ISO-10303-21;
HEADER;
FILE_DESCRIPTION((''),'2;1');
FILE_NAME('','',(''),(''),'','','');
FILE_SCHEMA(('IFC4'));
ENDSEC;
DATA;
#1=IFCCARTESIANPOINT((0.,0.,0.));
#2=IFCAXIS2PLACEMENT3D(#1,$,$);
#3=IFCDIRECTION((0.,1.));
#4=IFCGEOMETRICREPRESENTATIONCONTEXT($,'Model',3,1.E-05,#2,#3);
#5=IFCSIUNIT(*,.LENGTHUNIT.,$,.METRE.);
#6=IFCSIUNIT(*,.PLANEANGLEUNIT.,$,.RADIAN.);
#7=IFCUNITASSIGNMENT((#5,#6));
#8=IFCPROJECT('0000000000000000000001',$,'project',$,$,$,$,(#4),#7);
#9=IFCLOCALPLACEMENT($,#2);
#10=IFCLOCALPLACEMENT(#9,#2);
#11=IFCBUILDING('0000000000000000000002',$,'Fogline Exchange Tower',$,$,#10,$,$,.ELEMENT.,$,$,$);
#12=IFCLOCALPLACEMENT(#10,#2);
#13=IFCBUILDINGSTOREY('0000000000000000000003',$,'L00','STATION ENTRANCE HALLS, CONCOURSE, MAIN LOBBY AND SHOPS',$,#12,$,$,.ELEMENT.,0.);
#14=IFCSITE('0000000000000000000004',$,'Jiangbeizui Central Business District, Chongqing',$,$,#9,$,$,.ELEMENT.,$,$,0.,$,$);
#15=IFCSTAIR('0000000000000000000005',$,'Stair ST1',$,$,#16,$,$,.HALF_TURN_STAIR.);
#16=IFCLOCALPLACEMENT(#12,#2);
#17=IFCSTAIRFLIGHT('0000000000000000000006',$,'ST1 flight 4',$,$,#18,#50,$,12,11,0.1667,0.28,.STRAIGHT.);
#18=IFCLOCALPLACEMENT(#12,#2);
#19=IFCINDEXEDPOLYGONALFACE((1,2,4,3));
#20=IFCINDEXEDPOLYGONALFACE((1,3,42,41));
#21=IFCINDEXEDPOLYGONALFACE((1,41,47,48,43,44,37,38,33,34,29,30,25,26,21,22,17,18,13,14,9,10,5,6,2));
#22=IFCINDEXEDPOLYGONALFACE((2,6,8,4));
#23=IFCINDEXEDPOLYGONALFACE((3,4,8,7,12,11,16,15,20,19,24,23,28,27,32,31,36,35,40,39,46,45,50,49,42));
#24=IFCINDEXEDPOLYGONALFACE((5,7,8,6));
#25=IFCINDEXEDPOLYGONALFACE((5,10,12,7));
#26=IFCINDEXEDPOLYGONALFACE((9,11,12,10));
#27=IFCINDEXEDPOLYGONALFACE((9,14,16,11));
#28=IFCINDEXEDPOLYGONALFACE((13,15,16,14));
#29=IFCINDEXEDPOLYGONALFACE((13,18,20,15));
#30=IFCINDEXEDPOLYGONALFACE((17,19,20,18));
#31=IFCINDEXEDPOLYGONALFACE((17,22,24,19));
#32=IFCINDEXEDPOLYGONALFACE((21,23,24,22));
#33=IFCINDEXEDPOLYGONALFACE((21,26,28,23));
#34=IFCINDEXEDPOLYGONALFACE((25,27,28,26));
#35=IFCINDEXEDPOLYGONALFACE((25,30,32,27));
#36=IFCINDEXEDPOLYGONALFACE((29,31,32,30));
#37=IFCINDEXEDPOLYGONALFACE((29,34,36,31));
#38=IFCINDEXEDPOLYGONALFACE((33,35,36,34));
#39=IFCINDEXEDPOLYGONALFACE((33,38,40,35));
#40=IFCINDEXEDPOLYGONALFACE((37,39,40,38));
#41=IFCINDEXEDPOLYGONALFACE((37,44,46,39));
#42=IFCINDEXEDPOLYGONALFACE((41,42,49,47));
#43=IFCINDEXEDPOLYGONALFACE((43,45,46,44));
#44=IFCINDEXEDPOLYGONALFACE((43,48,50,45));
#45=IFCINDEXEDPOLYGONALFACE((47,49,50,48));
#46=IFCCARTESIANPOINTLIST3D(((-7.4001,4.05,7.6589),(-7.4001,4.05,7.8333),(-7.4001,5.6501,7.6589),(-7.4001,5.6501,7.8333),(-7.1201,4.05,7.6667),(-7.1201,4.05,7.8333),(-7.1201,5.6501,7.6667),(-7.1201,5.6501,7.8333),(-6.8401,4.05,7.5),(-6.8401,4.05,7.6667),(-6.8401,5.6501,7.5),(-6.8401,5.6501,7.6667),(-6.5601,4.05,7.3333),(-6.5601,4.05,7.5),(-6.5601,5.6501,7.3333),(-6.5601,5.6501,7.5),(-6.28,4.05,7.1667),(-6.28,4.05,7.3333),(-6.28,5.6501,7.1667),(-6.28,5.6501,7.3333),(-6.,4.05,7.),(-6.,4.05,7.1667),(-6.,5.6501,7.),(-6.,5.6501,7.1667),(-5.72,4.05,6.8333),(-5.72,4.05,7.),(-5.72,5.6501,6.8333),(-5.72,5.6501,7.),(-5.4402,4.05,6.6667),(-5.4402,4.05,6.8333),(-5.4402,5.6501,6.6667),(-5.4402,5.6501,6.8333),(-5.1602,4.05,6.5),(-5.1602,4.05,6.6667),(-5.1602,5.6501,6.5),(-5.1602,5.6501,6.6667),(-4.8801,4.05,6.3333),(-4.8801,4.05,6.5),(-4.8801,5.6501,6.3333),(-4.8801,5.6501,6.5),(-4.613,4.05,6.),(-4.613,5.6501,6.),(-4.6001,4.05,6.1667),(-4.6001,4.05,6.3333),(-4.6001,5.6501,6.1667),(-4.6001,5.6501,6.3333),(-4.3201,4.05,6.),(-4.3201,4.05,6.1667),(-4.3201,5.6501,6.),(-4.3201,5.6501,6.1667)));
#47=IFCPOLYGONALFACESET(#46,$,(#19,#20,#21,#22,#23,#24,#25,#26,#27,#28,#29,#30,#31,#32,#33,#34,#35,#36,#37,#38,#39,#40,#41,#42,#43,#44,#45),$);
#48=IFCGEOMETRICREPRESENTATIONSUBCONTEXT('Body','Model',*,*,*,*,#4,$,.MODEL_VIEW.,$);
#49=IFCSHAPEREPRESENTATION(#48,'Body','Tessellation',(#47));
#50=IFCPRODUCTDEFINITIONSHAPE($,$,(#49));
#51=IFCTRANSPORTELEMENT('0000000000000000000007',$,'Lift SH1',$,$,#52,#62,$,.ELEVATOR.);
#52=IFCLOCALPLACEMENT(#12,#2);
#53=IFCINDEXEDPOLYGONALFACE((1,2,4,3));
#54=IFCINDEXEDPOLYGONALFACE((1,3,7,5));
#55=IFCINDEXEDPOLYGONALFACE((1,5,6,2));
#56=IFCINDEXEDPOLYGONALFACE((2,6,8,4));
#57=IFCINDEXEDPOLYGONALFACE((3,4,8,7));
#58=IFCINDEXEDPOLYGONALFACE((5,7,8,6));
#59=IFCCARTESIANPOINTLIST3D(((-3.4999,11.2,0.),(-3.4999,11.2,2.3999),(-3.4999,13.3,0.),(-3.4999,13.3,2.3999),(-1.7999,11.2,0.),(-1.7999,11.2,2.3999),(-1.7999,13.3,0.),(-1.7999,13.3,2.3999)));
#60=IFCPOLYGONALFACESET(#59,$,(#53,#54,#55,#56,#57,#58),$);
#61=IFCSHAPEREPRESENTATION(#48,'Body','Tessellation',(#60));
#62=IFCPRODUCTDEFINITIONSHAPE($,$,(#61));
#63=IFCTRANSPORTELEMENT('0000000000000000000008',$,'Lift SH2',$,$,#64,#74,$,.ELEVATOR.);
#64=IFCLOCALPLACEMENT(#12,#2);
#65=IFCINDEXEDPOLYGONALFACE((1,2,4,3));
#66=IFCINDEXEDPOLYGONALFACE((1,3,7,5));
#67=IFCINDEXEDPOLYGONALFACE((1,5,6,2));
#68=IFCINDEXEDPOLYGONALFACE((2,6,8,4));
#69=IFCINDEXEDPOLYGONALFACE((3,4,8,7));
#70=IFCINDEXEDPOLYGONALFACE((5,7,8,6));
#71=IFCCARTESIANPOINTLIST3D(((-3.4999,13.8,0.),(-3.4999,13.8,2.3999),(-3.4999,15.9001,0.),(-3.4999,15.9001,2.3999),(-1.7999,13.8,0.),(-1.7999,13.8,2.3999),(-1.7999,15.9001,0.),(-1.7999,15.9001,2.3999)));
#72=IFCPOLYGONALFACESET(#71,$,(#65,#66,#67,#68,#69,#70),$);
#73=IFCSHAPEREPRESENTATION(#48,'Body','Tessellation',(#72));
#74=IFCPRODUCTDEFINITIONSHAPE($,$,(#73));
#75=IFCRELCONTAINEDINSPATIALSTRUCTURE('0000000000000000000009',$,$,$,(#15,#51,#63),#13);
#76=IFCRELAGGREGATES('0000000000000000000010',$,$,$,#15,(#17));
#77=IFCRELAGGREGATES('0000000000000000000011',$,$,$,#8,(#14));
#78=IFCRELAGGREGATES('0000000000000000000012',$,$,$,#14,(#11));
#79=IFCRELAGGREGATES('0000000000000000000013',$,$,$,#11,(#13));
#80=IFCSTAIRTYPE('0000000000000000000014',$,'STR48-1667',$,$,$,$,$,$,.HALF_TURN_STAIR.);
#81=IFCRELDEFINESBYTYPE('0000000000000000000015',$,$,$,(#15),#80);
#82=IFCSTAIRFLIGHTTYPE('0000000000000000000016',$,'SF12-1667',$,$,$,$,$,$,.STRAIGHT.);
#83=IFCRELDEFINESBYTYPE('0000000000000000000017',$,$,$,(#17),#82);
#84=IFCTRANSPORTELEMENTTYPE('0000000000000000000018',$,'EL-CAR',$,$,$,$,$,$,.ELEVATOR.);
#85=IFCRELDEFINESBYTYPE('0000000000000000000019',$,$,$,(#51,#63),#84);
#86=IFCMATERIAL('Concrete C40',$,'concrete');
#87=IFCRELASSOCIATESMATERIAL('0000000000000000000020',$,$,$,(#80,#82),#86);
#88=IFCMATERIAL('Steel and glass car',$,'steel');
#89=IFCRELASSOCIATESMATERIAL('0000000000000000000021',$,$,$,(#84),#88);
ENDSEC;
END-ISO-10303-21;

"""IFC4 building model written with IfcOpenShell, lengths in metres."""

from ifc_helpers import new_model, si_unit, direction, frame, origin, origin_2d, place, context, subcontext, project, spatial, polyline, rectangle, outline, extrude, material, type_object, element, aggregate, save


model = new_model("IFC4")

# Units and contexts
model_context = context("Model", 3, precision=1e-05, world=origin(), true_north=direction((0.0, 1.0)))
body_context = subcontext(model_context, "Body", "Model", "MODEL_VIEW")
ifc_project = project(units=[si_unit("LENGTHUNIT", "METRE"), si_unit("PLANEANGLEUNIT", "RADIAN")], contexts=[model_context])

# Site, building, storey
site_placement = place(None, origin())
site = spatial("IfcSite", under=ifc_project, at=site_placement, Name="Jiangbeizui Central Business District, Chongqing", CompositionType="ELEMENT", RefElevation=0.0)
building_placement = place(site_placement, origin())
building = spatial("IfcBuilding", under=site, at=building_placement, Name="Fogline Exchange Tower", CompositionType="ELEMENT")
storey_placement = place(building_placement, origin())
storey = spatial("IfcBuildingStorey", under=building, at=storey_placement, Name="L00", Description="STATION ENTRANCE HALLS, CONCOURSE, MAIN LOBBY AND SHOPS", CompositionType="ELEMENT", Elevation=0.0)

# Shared definitions
ifc_material_1 = material(Name="Concrete C40", Category="concrete")

# Stair, stair flight
stair_type = type_object("IfcStairType", Name="STR48-1667", PredefinedType="HALF_TURN_STAIR", material=ifc_material_1)
stair_placement = place(storey_placement, origin())
stair = element("IfcStair", 1, at=stair_placement, inside=storey, type_object=stair_type, Name="Stair ST1", PredefinedType="HALF_TURN_STAIR")
stair_flight_type = type_object("IfcStairFlightType", Name="SF12-1667", PredefinedType="STRAIGHT", material=ifc_material_1)
stair_flight_placement = place(storey_placement, frame((-4.3201, 4.8501, 6.0), z_axis=(0.0, 0.0, 1.0), x_axis=(-1.0, 0.0, 0.0)))
stair_flight = element("IfcStairFlight", 2, at=stair_flight_placement, type_object=stair_flight_type, Name="ST1 flight 4", NumberOfRisers=12, NumberOfTreads=11, PredefinedType="STRAIGHT", RiserHeight=0.1667, TreadLength=0.28, context=body_context, shape_type="SweptSolid", body=[
    extrude(outline(polyline([(0.0, 0.0), (0.0, 0.1667), (0.28, 0.1667), (0.28, 0.3333), (0.5601, 0.3333), (0.5601, 0.5), (0.8401, 0.5), (0.8401, 0.6667), (1.1201, 0.6667), (1.1201, 0.8333), (1.3999, 0.8333), (1.3999, 1.0), (1.6799, 1.0), (1.6799, 1.1667), (1.96, 1.1667), (1.96, 1.3333), (2.24, 1.3333), (2.24, 1.5), (2.52, 1.5), (2.52, 1.6667), (2.8, 1.6667), (2.8, 1.8333), (3.0801, 1.8333), (3.0801, 2.0), (3.0801, 1.6589), (0.293, 0.0), (0.0, 0.0)])), frame((0.0, 0.8, 0.0), z_axis=(0.0, -1.0, 0.0), x_axis=(1.0, 0.0, 0.0)), (0.0, 0.0, 1.0), 1.6001),
])
aggregate(stair, [stair_flight])

# Transport elements
ifc_material_2 = material(Name="Steel and glass car", Category="steel")
transport_element_type = type_object("IfcTransportElementType", Name="EL-CAR", PredefinedType="ELEVATOR", material=ifc_material_2)
for number, where, z_axis, x_axis, name in (
    (3, (-2.6499, 12.25, 0.0), (0.0, 0.0, 1.0), (1.0, 0.0, 0.0), "Lift SH1"),
    (4, (-2.6499, 14.8501, 0.0), (0.0, 0.0, 1.0), (1.0, 0.0, 0.0), "Lift SH2"),
):
    element("IfcTransportElement", number, at=place(storey_placement, frame(where, z_axis=z_axis, x_axis=x_axis)), inside=storey, type_object=transport_element_type, Name=name, PredefinedType="ELEVATOR", context=body_context, shape_type="SweptSolid", body=[
        extrude(rectangle(XDim=1.7, YDim=2.1001, at=origin_2d()), origin(), (0.0, 0.0, 1.0), 2.3999),
    ])

save(model, "model.ifc")
